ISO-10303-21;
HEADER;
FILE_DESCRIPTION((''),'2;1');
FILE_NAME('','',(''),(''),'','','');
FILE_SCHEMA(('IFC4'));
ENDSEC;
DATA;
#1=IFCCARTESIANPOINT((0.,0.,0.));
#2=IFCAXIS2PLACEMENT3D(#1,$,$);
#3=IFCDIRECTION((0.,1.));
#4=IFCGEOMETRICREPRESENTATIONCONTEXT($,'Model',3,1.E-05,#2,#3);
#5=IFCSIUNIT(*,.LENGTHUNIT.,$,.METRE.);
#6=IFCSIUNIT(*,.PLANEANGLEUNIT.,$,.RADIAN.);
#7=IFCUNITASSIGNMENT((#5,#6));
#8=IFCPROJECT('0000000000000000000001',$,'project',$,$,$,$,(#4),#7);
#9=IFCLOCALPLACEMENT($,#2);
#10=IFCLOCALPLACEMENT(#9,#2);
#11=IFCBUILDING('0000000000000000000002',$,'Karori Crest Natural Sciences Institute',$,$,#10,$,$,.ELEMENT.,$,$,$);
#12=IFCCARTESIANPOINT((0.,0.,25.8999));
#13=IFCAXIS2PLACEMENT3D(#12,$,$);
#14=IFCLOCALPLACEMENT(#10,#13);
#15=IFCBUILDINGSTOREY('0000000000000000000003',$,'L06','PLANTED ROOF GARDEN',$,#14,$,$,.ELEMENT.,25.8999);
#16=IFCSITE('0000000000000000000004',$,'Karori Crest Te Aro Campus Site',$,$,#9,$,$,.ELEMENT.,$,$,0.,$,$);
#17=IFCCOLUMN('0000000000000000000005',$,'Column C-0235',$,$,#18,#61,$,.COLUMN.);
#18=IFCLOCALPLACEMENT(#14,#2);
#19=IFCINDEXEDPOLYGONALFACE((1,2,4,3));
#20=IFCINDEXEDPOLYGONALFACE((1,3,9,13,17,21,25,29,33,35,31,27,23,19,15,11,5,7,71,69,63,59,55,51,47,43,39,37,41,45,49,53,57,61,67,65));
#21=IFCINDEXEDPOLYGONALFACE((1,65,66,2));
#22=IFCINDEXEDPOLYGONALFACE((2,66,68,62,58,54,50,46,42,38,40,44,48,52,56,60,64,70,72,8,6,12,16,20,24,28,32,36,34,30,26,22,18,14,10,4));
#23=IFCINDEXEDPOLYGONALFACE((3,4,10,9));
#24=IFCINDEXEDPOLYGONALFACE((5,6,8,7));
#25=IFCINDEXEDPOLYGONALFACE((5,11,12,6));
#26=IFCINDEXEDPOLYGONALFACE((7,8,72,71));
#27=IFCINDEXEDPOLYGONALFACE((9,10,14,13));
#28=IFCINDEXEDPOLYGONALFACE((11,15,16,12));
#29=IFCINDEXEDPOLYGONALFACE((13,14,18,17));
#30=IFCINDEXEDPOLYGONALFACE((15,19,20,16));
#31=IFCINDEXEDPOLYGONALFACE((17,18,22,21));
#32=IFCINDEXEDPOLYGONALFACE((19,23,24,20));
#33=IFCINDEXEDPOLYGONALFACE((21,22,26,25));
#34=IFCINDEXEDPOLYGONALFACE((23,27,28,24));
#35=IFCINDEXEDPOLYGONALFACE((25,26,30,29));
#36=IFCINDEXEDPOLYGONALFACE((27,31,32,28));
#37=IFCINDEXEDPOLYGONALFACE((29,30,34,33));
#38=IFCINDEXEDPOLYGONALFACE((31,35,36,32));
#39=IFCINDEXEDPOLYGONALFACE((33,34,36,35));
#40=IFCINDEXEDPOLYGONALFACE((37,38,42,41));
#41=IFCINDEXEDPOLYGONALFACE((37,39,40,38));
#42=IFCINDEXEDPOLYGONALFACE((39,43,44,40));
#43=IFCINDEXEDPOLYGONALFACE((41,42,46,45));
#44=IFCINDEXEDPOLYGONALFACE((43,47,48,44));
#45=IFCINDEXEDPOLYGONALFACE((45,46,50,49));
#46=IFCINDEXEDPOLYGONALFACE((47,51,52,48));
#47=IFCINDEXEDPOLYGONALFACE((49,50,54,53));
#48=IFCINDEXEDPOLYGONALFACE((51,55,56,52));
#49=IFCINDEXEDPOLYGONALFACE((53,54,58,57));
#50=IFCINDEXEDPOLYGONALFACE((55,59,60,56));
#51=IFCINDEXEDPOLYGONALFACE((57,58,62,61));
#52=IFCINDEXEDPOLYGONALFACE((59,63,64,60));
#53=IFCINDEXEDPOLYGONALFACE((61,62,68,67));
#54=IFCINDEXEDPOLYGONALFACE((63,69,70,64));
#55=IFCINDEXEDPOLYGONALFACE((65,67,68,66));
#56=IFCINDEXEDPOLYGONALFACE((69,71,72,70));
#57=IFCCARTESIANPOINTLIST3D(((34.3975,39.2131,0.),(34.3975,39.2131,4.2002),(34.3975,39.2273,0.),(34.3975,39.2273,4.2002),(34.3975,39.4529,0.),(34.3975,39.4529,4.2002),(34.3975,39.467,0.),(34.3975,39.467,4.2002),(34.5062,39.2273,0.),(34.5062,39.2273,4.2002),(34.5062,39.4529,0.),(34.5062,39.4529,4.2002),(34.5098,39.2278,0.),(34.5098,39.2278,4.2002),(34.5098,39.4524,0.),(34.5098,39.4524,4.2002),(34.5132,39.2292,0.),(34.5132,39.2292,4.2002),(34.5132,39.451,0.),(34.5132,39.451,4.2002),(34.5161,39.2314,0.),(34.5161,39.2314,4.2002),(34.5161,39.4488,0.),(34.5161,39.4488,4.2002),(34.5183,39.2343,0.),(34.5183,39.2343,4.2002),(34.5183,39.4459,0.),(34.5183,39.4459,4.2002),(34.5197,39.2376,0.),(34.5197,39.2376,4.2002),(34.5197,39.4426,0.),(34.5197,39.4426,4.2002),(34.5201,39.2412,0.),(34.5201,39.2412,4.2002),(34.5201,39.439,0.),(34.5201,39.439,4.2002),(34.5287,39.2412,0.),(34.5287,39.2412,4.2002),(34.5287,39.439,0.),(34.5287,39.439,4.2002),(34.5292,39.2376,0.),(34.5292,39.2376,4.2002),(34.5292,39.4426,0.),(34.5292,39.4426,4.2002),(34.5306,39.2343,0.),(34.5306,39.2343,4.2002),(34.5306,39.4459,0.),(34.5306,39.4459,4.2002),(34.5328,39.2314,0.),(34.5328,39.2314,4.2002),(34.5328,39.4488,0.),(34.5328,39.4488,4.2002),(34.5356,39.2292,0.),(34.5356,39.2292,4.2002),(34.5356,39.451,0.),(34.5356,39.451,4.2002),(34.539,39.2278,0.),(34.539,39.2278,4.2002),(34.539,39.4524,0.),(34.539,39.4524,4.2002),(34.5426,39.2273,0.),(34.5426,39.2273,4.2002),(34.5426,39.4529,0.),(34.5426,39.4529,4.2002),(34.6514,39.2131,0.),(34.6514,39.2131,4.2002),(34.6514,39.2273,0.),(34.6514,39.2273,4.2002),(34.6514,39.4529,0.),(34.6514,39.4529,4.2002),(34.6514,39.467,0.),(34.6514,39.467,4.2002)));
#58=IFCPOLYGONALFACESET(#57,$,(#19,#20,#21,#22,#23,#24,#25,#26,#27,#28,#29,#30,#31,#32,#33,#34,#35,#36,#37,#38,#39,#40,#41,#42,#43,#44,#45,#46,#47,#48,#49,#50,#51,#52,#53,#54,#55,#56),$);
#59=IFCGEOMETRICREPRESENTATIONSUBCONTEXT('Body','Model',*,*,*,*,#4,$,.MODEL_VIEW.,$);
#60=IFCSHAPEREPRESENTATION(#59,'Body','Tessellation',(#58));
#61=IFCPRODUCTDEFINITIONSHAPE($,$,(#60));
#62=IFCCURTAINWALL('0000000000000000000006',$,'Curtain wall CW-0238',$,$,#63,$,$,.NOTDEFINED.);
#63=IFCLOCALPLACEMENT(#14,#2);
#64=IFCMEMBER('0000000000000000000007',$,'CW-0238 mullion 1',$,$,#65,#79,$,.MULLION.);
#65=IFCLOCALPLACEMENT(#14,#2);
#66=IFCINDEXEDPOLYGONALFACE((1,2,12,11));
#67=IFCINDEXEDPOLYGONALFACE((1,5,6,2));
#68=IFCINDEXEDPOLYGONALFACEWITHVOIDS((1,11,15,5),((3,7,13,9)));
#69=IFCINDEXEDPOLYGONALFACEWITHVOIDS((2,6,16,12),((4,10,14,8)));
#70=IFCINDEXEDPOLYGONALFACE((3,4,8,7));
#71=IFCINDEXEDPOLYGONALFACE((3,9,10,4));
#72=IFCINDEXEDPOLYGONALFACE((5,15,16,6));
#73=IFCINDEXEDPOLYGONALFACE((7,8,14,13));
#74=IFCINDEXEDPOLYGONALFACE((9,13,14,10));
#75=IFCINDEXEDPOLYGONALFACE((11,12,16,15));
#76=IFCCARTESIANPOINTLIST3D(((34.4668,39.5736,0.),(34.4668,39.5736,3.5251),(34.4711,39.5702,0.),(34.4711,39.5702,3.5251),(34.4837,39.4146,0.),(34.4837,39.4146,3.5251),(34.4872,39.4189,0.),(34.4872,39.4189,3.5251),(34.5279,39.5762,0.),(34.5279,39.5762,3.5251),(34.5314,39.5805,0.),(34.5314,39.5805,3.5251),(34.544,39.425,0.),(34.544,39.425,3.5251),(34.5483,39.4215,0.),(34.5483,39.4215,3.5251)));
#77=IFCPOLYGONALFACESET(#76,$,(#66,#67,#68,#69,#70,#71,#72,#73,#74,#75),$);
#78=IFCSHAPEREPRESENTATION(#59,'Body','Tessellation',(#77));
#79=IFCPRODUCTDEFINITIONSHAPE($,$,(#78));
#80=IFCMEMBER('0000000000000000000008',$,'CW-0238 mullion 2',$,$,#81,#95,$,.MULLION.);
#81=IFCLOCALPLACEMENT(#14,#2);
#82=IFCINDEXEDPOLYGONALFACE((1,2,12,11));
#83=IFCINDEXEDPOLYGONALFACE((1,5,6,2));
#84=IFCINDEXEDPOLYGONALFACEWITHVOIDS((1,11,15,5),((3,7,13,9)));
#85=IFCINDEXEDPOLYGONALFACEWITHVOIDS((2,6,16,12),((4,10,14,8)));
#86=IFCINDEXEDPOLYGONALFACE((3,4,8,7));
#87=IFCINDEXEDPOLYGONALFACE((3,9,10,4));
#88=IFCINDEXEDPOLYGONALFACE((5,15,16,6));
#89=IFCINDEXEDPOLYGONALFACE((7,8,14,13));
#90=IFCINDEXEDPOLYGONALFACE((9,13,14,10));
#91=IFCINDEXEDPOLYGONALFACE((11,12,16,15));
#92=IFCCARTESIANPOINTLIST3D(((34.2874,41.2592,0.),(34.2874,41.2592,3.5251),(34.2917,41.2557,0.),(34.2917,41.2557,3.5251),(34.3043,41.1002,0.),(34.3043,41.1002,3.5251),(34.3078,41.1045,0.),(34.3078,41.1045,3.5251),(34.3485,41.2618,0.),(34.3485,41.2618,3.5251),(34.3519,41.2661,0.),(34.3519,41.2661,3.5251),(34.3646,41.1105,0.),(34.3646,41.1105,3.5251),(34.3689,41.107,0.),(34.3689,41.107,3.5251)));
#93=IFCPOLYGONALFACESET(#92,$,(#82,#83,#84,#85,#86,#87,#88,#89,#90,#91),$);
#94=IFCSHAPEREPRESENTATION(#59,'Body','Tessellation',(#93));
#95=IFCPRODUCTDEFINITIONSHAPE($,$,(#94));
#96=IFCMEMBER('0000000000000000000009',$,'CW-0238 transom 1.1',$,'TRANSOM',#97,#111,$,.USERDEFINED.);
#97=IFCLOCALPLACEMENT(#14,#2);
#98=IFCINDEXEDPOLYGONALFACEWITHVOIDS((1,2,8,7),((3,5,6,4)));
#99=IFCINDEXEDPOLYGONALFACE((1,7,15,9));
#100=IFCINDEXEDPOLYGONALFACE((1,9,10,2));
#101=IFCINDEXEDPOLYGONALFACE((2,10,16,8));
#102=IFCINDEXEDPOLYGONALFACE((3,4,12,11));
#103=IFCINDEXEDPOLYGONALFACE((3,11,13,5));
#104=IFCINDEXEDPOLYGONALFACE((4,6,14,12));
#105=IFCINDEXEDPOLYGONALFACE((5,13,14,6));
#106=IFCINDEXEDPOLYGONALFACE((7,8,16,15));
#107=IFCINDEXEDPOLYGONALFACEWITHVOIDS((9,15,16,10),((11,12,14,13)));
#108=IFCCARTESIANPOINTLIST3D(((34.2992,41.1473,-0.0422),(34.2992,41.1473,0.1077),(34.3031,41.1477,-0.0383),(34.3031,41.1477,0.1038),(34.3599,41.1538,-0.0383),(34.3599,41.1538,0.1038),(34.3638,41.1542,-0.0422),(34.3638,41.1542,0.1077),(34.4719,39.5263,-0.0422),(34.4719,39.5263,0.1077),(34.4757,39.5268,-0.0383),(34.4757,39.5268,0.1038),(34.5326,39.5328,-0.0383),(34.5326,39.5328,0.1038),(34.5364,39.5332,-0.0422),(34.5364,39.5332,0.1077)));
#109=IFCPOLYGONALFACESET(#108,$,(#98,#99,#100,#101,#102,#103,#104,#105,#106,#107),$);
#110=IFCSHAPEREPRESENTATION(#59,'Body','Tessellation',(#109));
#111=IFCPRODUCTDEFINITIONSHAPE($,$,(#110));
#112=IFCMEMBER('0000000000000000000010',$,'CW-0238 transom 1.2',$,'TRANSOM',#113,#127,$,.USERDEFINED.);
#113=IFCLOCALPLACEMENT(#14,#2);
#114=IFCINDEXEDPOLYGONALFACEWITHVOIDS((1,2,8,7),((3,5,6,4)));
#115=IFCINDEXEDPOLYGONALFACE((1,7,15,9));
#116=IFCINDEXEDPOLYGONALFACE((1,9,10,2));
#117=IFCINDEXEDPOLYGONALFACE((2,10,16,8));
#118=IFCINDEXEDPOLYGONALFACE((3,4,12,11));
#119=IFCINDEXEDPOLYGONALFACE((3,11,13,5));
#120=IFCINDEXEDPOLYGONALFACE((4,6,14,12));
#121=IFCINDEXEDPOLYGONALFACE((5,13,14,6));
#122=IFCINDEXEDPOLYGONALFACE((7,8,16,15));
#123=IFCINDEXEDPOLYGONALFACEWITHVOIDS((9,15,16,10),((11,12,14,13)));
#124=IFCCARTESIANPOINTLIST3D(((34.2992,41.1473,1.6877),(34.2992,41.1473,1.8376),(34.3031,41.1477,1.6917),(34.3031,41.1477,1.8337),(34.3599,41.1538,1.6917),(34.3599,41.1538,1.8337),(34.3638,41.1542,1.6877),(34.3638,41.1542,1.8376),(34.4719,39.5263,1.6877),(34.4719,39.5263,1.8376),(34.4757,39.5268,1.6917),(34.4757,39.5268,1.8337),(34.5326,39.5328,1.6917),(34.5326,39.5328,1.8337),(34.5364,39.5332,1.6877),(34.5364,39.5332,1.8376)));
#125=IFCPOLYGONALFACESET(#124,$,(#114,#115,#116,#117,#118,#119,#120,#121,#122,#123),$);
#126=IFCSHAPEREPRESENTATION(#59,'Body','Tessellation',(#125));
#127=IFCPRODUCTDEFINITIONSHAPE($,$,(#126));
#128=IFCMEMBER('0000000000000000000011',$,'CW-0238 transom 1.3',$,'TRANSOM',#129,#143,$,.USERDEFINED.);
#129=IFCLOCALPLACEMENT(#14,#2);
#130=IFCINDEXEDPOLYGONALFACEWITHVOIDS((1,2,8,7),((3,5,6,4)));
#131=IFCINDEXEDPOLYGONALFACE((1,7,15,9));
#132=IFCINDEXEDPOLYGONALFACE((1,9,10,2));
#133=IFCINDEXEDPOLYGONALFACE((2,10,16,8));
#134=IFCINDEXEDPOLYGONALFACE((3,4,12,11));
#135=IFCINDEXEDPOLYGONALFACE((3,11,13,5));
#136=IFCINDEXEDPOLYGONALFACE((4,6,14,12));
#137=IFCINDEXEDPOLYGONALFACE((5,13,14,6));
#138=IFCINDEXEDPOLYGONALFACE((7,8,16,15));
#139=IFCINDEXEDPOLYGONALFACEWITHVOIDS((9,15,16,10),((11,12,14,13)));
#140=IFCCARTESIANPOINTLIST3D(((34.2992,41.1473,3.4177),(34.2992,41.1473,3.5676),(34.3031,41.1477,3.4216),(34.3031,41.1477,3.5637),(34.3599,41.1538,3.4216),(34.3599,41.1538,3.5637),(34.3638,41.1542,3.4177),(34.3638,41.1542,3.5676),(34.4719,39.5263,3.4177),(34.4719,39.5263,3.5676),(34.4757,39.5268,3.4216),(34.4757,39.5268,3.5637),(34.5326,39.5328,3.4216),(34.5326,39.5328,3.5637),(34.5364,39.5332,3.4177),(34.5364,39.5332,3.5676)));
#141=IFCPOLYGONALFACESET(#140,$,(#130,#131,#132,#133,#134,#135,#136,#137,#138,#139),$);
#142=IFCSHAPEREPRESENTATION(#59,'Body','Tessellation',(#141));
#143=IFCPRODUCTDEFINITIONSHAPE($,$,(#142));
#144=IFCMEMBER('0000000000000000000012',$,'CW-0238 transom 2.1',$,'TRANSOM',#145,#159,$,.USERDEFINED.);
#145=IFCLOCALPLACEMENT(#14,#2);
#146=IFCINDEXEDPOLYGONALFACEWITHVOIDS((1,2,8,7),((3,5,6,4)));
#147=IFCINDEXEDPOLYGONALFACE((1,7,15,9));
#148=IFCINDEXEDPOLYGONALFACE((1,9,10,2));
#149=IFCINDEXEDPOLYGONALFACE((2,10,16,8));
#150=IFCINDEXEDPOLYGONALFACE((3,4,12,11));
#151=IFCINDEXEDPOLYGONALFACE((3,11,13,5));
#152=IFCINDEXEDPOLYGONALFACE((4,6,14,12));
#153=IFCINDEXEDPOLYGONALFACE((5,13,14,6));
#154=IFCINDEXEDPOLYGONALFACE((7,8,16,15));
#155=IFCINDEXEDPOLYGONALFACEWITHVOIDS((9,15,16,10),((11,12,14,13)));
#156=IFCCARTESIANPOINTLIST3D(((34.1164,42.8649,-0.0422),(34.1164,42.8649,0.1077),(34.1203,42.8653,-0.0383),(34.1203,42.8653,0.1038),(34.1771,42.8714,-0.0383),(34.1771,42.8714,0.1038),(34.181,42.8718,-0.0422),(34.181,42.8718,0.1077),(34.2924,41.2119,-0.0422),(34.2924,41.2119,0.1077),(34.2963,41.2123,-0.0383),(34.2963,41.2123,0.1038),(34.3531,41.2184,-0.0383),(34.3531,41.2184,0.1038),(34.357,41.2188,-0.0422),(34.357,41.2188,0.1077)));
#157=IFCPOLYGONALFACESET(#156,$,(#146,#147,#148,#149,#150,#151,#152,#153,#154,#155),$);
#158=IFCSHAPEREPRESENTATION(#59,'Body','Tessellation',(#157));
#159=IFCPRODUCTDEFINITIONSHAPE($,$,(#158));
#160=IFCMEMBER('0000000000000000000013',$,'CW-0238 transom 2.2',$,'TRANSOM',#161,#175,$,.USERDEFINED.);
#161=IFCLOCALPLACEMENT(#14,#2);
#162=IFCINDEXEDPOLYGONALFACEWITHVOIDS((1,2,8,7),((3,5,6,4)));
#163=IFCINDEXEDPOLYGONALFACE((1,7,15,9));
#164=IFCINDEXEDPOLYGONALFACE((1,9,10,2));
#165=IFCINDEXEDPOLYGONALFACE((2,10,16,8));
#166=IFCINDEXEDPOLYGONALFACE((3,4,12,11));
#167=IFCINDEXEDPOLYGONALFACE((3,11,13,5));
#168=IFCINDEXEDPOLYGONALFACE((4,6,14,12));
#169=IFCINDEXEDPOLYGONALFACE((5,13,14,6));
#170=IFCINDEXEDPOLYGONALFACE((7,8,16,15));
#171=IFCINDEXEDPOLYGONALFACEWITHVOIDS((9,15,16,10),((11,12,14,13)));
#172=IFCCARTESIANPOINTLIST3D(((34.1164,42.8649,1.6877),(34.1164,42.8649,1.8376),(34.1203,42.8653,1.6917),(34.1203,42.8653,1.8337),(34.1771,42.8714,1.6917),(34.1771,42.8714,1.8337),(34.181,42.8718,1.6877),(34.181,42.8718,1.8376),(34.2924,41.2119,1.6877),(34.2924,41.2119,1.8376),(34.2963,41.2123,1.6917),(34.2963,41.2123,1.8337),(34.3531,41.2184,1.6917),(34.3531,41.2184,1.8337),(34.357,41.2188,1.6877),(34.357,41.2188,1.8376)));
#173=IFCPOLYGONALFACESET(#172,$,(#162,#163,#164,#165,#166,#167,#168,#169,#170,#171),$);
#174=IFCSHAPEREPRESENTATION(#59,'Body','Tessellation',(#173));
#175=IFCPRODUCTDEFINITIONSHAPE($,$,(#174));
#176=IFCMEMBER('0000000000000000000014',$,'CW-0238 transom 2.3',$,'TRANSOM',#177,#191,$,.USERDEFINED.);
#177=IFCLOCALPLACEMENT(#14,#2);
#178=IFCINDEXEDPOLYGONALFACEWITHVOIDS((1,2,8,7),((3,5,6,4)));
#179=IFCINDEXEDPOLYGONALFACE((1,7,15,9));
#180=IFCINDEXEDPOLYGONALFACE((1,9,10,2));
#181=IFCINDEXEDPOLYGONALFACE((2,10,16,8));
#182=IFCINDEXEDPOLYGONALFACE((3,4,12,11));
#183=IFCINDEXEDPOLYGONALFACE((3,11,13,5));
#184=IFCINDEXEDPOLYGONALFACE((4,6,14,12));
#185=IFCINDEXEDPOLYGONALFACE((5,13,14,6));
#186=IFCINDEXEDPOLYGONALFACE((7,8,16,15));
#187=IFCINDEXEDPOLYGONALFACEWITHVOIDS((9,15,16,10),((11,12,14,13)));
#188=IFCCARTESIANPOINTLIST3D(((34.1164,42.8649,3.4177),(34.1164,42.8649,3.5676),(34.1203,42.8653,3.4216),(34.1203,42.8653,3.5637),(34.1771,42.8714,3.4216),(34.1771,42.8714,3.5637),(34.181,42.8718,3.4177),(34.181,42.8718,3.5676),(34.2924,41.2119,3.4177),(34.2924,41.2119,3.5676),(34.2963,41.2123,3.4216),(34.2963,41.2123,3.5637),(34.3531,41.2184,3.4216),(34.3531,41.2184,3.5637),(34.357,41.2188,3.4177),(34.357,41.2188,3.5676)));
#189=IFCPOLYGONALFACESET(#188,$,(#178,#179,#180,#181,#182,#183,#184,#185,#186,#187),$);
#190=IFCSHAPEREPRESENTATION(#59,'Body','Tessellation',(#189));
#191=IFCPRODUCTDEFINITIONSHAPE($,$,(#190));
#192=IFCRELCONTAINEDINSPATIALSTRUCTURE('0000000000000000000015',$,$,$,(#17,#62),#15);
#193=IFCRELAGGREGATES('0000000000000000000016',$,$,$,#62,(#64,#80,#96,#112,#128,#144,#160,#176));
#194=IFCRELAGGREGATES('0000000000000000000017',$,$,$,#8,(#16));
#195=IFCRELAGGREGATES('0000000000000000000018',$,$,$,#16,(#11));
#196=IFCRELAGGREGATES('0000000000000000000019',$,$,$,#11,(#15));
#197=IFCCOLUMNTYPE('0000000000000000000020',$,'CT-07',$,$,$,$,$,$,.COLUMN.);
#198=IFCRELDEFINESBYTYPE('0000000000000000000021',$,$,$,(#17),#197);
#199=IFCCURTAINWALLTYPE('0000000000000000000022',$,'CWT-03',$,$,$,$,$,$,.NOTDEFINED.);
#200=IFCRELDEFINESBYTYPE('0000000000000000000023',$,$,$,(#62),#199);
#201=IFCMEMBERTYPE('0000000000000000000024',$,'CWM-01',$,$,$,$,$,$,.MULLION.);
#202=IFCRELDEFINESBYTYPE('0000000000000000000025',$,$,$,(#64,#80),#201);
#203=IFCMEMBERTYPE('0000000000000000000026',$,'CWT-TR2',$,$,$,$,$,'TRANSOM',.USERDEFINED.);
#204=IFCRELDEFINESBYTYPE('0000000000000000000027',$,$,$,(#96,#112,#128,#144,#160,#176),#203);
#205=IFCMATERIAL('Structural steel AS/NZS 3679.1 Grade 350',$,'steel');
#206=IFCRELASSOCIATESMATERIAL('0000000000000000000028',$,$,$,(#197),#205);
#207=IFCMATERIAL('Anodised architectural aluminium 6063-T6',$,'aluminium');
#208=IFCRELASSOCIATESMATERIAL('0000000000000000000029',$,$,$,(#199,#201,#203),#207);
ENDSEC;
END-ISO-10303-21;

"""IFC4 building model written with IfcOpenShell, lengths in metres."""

from ifc_helpers import new_model, si_unit, direction, frame, origin, origin_2d, place, context, subcontext, project, spatial, hollow_rectangle, i_section, extrude, material, material_profile, profile_set, type_object, element, aggregate, save


model = new_model("IFC4")

# Units and contexts
model_context = context("Model", 3, precision=1e-05, world=origin(), true_north=direction((0.0, 1.0)))
body_context = subcontext(model_context, "Body", "Model", "MODEL_VIEW")
ifc_project = project(units=[si_unit("LENGTHUNIT", "METRE"), si_unit("PLANEANGLEUNIT", "RADIAN")], contexts=[model_context])

# Site, building, storey
site_placement = place(None, origin())
site = spatial("IfcSite", under=ifc_project, at=site_placement, Name="Karori Crest Te Aro Campus Site", CompositionType="ELEMENT", RefElevation=0.0)
building_placement = place(site_placement, origin())
building = spatial("IfcBuilding", under=site, at=building_placement, Name="Karori Crest Natural Sciences Institute", CompositionType="ELEMENT")
storey_placement = place(building_placement, frame((0.0, 0.0, 25.8999)))
storey = spatial("IfcBuildingStorey", under=building, at=storey_placement, Name="L06", Description="PLANTED ROOF GARDEN", CompositionType="ELEMENT", Elevation=25.8999)

# Column
ifc_material_1 = material(Name="Structural steel AS/NZS 3679.1 Grade 350", Category="steel")
ifc_material_profile_1 = material_profile(ifc_material_1, i_section(OverallWidth=0.2539, OverallDepth=0.2539, WebThickness=0.0085, FlangeThickness=0.0142, FilletRadius=0.0139, at=origin_2d()), Name="250UC72.9")
ifc_profile_set_1 = profile_set([ifc_material_profile_1], Name="Structural steel AS/NZS 3679.1 Grade 350")
column_type = type_object("IfcColumnType", Name="CT-07", PredefinedType="COLUMN", material=ifc_profile_set_1)
column_placement = place(storey_placement, frame((34.5244, 39.3401, 0.0), z_axis=(0.0, 0.0, 1.0), x_axis=(1.0, 0.0, 0.0)))
element("IfcColumn", 1, at=column_placement, inside=storey, type_object=column_type, Name="Column C-0235", PredefinedType="COLUMN", context=body_context, shape_type="SweptSolid", body=[
    extrude(i_section(OverallWidth=0.2539, OverallDepth=0.2539, WebThickness=0.0085, FlangeThickness=0.0142, FilletRadius=0.0139, at=origin_2d()), origin(), (0.0, 0.0, 1.0), 4.2002),
])

# Curtain wall, members
ifc_material_2 = material(Name="Anodised architectural aluminium 6063-T6", Category="aluminium")
curtain_wall_type = type_object("IfcCurtainWallType", Name="CWT-03", PredefinedType="NOTDEFINED", material=ifc_material_2)
curtain_wall_placement = place(storey_placement, origin())
curtain_wall = element("IfcCurtainWall", 2, at=curtain_wall_placement, inside=storey, type_object=curtain_wall_type, Name="Curtain wall CW-0238", PredefinedType="NOTDEFINED")
ifc_material_profile_2 = material_profile(ifc_material_2, hollow_rectangle(XDim=0.0649, YDim=0.1599, WallThickness=0.0039, at=origin_2d()), Name="CWM160x65x4")
ifc_profile_set_2 = profile_set([ifc_material_profile_2], Name="Anodised architectural aluminium 6063-T6")
member_type_1 = type_object("IfcMemberType", Name="CWM-01", PredefinedType="MULLION", material=ifc_profile_set_2)
member_1_placement = place(storey_placement, frame((34.5076, 39.4976, 0.0), z_axis=(0.0, 0.0, 1.0), x_axis=(-0.994378, -0.105884, 0.0)))
member_1 = element("IfcMember", 3, at=member_1_placement, type_object=member_type_1, Name="CW-0238 mullion 1", PredefinedType="MULLION", context=body_context, shape_type="SweptSolid", body=[
    extrude(hollow_rectangle(XDim=0.0649, YDim=0.1599, WallThickness=0.0039, at=origin_2d()), origin(), (0.0, 0.0, 1.0), 3.5251),
])
member_2_placement = place(storey_placement, frame((34.3281, 41.1831, 0.0), z_axis=(0.0, 0.0, 1.0), x_axis=(-0.994378, -0.105884, 0.0)))
member_2 = element("IfcMember", 4, at=member_2_placement, type_object=member_type_1, Name="CW-0238 mullion 2", PredefinedType="MULLION", context=body_context, shape_type="SweptSolid", body=[
    extrude(hollow_rectangle(XDim=0.0649, YDim=0.1599, WallThickness=0.0039, at=origin_2d()), origin(), (0.0, 0.0, 1.0), 3.5251),
])
ifc_material_profile_3 = material_profile(ifc_material_2, hollow_rectangle(XDim=0.0649, YDim=0.1499, WallThickness=0.0039, at=origin_2d()), Name="CWT150x65x4")
ifc_profile_set_3 = profile_set([ifc_material_profile_3], Name="Anodised architectural aluminium 6063-T6")
member_type_2 = type_object("IfcMemberType", Name="CWT-TR2", ElementType="TRANSOM", PredefinedType="USERDEFINED", material=ifc_profile_set_3)
member_3_placement = place(storey_placement, frame((34.5042, 39.5298, 0.0327), z_axis=(-0.105893, 0.994378, 0.0), x_axis=(-0.994378, -0.105893, 0.0)))
member_3 = element("IfcMember", 5, at=member_3_placement, type_object=member_type_2, Name="CW-0238 transom 1.1", ObjectType="TRANSOM", PredefinedType="USERDEFINED", context=body_context, shape_type="SweptSolid", body=[
    extrude(hollow_rectangle(XDim=0.0649, YDim=0.1499, WallThickness=0.0039, at=origin_2d()), origin(), (0.0, 0.0, 1.0), 1.6301),
])
member_4_placement = place(storey_placement, frame((34.5042, 39.5298, 1.7627), z_axis=(-0.105893, 0.994378, 0.0), x_axis=(-0.994378, -0.105893, 0.0)))
member_4 = element("IfcMember", 6, at=member_4_placement, type_object=member_type_2, Name="CW-0238 transom 1.2", ObjectType="TRANSOM", PredefinedType="USERDEFINED", context=body_context, shape_type="SweptSolid", body=[
    extrude(hollow_rectangle(XDim=0.0649, YDim=0.1499, WallThickness=0.0039, at=origin_2d()), origin(), (0.0, 0.0, 1.0), 1.6301),
])
member_5_placement = place(storey_placement, frame((34.5042, 39.5298, 3.4927), z_axis=(-0.105893, 0.994378, 0.0), x_axis=(-0.994378, -0.105893, 0.0)))
member_5 = element("IfcMember", 7, at=member_5_placement, type_object=member_type_2, Name="CW-0238 transom 1.3", ObjectType="TRANSOM", PredefinedType="USERDEFINED", context=body_context, shape_type="SweptSolid", body=[
    extrude(hollow_rectangle(XDim=0.0649, YDim=0.1499, WallThickness=0.0039, at=origin_2d()), origin(), (0.0, 0.0, 1.0), 1.6301),
])
member_6_placement = place(storey_placement, frame((34.3247, 41.2153, 0.0327), z_axis=(-0.105885, 0.994378, 0.0), x_axis=(-0.994378, -0.105885, 0.0)))
member_6 = element("IfcMember", 8, at=member_6_placement, type_object=member_type_2, Name="CW-0238 transom 2.1", ObjectType="TRANSOM", PredefinedType="USERDEFINED", context=body_context, shape_type="SweptSolid", body=[
    extrude(hollow_rectangle(XDim=0.0649, YDim=0.1499, WallThickness=0.0039, at=origin_2d()), origin(), (0.0, 0.0, 1.0), 1.6624),
])
member_7_placement = place(storey_placement, frame((34.3247, 41.2153, 1.7627), z_axis=(-0.105885, 0.994378, 0.0), x_axis=(-0.994378, -0.105885, 0.0)))
member_7 = element("IfcMember", 9, at=member_7_placement, type_object=member_type_2, Name="CW-0238 transom 2.2", ObjectType="TRANSOM", PredefinedType="USERDEFINED", context=body_context, shape_type="SweptSolid", body=[
    extrude(hollow_rectangle(XDim=0.0649, YDim=0.1499, WallThickness=0.0039, at=origin_2d()), origin(), (0.0, 0.0, 1.0), 1.6624),
])
member_8_placement = place(storey_placement, frame((34.3247, 41.2153, 3.4927), z_axis=(-0.105885, 0.994378, 0.0), x_axis=(-0.994378, -0.105885, 0.0)))
member_8 = element("IfcMember", 10, at=member_8_placement, type_object=member_type_2, Name="CW-0238 transom 2.3", ObjectType="TRANSOM", PredefinedType="USERDEFINED", context=body_context, shape_type="SweptSolid", body=[
    extrude(hollow_rectangle(XDim=0.0649, YDim=0.1499, WallThickness=0.0039, at=origin_2d()), origin(), (0.0, 0.0, 1.0), 1.6624),
])

aggregate(curtain_wall, [member_1, member_2, member_3, member_4, member_5, member_6, member_7, member_8])

save(model, "model.ifc")
